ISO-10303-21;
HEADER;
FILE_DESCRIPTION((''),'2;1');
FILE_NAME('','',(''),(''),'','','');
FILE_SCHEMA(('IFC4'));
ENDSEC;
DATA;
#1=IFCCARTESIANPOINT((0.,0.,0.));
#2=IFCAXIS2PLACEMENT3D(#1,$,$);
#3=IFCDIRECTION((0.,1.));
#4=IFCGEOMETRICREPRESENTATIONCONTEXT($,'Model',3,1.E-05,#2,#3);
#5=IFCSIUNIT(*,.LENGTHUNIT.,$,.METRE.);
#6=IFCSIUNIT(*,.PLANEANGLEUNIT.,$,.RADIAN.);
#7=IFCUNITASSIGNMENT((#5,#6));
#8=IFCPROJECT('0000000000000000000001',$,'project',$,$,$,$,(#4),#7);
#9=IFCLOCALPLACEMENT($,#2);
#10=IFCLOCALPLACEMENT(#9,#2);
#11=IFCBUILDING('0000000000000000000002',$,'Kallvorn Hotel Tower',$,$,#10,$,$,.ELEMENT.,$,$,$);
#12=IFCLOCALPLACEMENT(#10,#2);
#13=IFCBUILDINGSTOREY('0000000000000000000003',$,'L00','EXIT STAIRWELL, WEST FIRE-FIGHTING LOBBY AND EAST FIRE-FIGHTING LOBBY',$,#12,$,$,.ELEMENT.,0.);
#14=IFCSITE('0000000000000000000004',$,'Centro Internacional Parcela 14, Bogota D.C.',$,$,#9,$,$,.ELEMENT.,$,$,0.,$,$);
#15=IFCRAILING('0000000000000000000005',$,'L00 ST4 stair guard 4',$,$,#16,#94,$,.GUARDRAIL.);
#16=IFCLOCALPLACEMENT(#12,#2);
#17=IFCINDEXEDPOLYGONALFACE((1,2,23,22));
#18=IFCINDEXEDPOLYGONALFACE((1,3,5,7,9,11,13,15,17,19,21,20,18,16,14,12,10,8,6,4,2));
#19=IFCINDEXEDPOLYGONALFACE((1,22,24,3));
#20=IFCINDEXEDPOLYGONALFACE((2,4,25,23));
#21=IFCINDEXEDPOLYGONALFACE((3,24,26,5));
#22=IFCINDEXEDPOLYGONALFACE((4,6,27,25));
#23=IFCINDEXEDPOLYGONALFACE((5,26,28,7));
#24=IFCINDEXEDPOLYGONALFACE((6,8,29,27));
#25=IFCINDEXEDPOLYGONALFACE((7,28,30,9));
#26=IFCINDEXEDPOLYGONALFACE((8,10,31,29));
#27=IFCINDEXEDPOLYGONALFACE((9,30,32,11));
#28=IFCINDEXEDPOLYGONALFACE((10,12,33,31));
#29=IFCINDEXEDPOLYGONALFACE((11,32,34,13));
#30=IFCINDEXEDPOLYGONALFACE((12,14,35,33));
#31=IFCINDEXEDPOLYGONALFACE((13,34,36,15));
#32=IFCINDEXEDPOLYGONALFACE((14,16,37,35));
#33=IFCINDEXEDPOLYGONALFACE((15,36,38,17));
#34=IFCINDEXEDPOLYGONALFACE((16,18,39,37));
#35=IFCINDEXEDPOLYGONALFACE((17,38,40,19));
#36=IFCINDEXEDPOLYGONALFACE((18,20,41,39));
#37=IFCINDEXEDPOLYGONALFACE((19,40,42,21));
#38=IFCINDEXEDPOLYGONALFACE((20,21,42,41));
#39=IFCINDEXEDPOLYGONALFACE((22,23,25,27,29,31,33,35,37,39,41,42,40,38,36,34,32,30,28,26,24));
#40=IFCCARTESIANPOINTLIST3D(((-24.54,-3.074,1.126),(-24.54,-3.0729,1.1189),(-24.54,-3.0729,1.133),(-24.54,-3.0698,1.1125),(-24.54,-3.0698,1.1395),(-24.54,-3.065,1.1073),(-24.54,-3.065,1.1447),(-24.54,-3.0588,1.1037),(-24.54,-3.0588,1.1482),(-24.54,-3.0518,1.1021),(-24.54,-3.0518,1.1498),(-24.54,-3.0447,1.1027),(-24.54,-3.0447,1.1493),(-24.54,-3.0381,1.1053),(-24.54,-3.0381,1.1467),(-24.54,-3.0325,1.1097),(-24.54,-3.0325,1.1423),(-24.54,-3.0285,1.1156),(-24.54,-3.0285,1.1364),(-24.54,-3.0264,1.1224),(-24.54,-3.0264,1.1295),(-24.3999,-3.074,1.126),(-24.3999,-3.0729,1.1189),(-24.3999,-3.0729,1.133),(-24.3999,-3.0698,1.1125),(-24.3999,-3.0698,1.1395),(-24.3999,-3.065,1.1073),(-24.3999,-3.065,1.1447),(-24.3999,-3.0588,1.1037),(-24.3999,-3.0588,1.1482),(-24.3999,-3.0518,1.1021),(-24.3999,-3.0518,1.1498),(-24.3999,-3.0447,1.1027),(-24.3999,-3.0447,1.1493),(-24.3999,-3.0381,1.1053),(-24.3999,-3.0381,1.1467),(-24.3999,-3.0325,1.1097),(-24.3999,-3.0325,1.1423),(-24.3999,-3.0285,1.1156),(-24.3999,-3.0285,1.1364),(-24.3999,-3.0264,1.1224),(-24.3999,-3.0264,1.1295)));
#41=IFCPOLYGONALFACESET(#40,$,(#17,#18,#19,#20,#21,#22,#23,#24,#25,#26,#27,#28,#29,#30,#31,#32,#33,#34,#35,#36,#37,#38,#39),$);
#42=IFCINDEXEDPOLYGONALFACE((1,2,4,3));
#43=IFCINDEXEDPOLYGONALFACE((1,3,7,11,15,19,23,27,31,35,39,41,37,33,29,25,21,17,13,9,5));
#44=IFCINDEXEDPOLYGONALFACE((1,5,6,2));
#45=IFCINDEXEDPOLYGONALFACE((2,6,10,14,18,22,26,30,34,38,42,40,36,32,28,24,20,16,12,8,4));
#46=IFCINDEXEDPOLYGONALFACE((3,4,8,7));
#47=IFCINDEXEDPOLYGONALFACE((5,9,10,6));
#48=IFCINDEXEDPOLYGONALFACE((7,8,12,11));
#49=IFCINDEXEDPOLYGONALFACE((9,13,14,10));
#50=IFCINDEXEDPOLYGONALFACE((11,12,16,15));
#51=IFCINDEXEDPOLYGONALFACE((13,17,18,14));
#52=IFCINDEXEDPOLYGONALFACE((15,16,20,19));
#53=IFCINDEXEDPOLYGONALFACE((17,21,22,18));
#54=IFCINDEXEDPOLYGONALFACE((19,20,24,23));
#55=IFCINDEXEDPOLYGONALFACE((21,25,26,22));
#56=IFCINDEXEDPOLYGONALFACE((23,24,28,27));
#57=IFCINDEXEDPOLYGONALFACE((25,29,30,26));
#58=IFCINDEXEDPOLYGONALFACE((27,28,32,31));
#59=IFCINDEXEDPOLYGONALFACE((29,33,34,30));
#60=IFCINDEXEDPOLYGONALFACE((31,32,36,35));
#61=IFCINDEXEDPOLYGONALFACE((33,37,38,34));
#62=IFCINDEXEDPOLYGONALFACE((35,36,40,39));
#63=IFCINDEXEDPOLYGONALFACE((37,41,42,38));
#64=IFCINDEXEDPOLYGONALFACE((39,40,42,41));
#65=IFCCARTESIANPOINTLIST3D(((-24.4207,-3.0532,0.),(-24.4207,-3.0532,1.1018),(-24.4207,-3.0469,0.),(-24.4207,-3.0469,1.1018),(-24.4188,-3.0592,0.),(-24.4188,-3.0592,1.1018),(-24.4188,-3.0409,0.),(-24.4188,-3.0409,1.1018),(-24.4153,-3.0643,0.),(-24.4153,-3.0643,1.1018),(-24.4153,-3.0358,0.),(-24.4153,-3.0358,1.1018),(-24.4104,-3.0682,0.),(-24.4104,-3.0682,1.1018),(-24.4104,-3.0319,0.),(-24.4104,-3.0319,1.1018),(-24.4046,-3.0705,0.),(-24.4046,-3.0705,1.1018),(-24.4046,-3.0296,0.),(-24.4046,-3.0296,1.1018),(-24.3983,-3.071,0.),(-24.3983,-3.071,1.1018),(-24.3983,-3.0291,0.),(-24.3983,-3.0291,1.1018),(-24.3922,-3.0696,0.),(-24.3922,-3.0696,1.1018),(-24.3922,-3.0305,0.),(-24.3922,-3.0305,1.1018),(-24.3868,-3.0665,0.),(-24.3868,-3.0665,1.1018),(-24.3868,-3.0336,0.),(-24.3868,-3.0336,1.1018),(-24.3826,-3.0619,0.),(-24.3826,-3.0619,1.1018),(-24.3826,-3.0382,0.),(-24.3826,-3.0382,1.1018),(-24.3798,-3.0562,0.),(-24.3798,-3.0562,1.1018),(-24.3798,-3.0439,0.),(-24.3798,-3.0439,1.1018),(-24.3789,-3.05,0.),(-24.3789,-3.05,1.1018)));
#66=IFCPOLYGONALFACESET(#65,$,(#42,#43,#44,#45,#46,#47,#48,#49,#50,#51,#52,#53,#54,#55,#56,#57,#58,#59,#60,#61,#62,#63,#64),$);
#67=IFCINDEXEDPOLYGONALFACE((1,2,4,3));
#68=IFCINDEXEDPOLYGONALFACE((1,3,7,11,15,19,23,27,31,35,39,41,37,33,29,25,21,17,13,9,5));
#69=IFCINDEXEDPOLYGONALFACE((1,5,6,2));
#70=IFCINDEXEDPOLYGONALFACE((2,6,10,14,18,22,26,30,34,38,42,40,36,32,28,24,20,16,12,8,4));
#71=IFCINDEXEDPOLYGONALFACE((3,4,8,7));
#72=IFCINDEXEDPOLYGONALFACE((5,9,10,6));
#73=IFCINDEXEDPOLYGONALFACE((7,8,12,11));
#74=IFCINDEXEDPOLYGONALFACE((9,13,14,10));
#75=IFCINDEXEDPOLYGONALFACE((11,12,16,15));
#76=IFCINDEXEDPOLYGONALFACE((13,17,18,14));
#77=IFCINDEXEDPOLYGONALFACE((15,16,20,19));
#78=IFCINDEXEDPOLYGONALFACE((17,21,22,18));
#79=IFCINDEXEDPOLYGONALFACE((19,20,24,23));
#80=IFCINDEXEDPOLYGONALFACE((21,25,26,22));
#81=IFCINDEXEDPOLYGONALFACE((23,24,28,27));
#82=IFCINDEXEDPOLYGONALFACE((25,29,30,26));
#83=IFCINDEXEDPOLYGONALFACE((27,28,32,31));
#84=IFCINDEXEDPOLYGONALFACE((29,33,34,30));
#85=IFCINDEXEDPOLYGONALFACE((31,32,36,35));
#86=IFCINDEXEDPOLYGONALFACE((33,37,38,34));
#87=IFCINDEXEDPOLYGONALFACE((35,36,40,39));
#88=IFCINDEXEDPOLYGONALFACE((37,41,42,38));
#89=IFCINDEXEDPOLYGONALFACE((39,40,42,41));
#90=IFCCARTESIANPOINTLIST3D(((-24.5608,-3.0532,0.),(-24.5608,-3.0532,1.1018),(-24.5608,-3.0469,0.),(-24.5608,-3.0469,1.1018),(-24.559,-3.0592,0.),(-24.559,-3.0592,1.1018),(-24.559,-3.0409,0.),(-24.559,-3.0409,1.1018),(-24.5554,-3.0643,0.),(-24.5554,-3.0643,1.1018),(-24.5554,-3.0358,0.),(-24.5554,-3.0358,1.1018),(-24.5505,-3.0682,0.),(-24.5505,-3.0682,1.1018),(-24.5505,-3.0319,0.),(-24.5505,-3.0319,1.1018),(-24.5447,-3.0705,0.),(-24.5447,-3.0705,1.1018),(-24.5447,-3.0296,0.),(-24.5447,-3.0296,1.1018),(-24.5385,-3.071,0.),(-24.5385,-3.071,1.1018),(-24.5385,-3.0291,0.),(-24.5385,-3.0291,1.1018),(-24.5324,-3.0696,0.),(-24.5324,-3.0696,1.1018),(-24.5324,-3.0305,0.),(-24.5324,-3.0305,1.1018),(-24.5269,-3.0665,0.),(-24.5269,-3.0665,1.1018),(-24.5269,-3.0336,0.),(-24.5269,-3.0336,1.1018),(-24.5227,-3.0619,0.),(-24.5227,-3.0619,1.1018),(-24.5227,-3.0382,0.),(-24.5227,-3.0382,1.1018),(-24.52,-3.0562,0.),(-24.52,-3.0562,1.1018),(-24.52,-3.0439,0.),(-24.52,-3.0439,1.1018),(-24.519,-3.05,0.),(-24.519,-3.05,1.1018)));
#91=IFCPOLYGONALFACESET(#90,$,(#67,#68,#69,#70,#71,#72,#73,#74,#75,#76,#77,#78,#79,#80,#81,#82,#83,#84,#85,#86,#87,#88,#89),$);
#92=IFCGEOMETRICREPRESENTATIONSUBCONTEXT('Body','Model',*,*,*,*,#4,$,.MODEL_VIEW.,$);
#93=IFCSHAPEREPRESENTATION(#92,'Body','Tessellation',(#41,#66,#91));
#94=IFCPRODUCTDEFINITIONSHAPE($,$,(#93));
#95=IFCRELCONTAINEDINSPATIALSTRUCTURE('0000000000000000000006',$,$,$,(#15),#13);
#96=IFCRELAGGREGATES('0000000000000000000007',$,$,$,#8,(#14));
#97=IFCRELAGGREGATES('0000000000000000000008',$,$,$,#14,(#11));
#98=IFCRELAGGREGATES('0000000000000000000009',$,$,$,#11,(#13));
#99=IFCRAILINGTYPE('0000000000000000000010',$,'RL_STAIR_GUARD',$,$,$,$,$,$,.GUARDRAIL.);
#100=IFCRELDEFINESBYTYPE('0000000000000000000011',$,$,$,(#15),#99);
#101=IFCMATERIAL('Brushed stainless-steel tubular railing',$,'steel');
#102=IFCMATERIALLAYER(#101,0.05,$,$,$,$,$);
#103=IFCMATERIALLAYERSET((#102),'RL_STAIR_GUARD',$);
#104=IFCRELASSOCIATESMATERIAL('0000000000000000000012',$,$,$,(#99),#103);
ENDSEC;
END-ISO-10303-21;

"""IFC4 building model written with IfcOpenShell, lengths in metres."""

from ifc_helpers import new_model, si_unit, direction, frame, origin, origin_2d, place, context, subcontext, project, spatial, circle, extrude, material, layer, layer_set, type_object, element, save


model = new_model("IFC4")

# Units and contexts
model_context = context("Model", 3, precision=1e-05, world=origin(), true_north=direction((0.0, 1.0)))
body_context = subcontext(model_context, "Body", "Model", "MODEL_VIEW")
ifc_project = project(units=[si_unit("LENGTHUNIT", "METRE"), si_unit("PLANEANGLEUNIT", "RADIAN")], contexts=[model_context])

# Site, building, storey
site_placement = place(None, origin())
site = spatial("IfcSite", under=ifc_project, at=site_placement, Name="Centro Internacional Parcela 14, Bogota D.C.", CompositionType="ELEMENT", RefElevation=0.0)
building_placement = place(site_placement, origin())
building = spatial("IfcBuilding", under=site, at=building_placement, Name="Kallvorn Hotel Tower", CompositionType="ELEMENT")
storey_placement = place(building_placement, origin())
storey = spatial("IfcBuildingStorey", under=building, at=storey_placement, Name="L00", Description="EXIT STAIRWELL, WEST FIRE-FIGHTING LOBBY AND EAST FIRE-FIGHTING LOBBY", CompositionType="ELEMENT", Elevation=0.0)

# Railing
ifc_material_1 = material(Name="Brushed stainless-steel tubular railing", Category="steel")
ifc_layer_1 = layer(ifc_material_1, 0.05)
ifc_layer_set_1 = layer_set([ifc_layer_1], Name="RL_STAIR_GUARD")
railing_type_1 = type_object("IfcRailingType", Name="RL_STAIR_GUARD", PredefinedType="GUARDRAIL", material=ifc_layer_set_1)
railing_1_placement = place(storey_placement, frame((-24.3999, -3.05, 0.0)))
element("IfcRailing", 1, at=railing_1_placement, inside=storey, type_object=railing_type_1, Name="L00 ST4 stair guard 4", PredefinedType="GUARDRAIL", context=body_context, shape_type="SweptSolid", body=[
    extrude(circle(Radius=0.0239, at=origin_2d()), frame((0.0, 0.0, 1.126), z_axis=(-1.0, 0.0, 0.0), x_axis=(0.0, -1.0, 0.0)), (0.0, 0.0, 1.0), 0.1401),
    extrude(circle(Radius=0.021, at=origin_2d()), origin(), (0.0, 0.0, 1.0), 1.1018),
    extrude(circle(Radius=0.021, at=origin_2d()), frame((-0.1401, 0.0, 0.0)), (0.0, 0.0, 1.0), 1.1018),
])

save(model, "model.ifc")
